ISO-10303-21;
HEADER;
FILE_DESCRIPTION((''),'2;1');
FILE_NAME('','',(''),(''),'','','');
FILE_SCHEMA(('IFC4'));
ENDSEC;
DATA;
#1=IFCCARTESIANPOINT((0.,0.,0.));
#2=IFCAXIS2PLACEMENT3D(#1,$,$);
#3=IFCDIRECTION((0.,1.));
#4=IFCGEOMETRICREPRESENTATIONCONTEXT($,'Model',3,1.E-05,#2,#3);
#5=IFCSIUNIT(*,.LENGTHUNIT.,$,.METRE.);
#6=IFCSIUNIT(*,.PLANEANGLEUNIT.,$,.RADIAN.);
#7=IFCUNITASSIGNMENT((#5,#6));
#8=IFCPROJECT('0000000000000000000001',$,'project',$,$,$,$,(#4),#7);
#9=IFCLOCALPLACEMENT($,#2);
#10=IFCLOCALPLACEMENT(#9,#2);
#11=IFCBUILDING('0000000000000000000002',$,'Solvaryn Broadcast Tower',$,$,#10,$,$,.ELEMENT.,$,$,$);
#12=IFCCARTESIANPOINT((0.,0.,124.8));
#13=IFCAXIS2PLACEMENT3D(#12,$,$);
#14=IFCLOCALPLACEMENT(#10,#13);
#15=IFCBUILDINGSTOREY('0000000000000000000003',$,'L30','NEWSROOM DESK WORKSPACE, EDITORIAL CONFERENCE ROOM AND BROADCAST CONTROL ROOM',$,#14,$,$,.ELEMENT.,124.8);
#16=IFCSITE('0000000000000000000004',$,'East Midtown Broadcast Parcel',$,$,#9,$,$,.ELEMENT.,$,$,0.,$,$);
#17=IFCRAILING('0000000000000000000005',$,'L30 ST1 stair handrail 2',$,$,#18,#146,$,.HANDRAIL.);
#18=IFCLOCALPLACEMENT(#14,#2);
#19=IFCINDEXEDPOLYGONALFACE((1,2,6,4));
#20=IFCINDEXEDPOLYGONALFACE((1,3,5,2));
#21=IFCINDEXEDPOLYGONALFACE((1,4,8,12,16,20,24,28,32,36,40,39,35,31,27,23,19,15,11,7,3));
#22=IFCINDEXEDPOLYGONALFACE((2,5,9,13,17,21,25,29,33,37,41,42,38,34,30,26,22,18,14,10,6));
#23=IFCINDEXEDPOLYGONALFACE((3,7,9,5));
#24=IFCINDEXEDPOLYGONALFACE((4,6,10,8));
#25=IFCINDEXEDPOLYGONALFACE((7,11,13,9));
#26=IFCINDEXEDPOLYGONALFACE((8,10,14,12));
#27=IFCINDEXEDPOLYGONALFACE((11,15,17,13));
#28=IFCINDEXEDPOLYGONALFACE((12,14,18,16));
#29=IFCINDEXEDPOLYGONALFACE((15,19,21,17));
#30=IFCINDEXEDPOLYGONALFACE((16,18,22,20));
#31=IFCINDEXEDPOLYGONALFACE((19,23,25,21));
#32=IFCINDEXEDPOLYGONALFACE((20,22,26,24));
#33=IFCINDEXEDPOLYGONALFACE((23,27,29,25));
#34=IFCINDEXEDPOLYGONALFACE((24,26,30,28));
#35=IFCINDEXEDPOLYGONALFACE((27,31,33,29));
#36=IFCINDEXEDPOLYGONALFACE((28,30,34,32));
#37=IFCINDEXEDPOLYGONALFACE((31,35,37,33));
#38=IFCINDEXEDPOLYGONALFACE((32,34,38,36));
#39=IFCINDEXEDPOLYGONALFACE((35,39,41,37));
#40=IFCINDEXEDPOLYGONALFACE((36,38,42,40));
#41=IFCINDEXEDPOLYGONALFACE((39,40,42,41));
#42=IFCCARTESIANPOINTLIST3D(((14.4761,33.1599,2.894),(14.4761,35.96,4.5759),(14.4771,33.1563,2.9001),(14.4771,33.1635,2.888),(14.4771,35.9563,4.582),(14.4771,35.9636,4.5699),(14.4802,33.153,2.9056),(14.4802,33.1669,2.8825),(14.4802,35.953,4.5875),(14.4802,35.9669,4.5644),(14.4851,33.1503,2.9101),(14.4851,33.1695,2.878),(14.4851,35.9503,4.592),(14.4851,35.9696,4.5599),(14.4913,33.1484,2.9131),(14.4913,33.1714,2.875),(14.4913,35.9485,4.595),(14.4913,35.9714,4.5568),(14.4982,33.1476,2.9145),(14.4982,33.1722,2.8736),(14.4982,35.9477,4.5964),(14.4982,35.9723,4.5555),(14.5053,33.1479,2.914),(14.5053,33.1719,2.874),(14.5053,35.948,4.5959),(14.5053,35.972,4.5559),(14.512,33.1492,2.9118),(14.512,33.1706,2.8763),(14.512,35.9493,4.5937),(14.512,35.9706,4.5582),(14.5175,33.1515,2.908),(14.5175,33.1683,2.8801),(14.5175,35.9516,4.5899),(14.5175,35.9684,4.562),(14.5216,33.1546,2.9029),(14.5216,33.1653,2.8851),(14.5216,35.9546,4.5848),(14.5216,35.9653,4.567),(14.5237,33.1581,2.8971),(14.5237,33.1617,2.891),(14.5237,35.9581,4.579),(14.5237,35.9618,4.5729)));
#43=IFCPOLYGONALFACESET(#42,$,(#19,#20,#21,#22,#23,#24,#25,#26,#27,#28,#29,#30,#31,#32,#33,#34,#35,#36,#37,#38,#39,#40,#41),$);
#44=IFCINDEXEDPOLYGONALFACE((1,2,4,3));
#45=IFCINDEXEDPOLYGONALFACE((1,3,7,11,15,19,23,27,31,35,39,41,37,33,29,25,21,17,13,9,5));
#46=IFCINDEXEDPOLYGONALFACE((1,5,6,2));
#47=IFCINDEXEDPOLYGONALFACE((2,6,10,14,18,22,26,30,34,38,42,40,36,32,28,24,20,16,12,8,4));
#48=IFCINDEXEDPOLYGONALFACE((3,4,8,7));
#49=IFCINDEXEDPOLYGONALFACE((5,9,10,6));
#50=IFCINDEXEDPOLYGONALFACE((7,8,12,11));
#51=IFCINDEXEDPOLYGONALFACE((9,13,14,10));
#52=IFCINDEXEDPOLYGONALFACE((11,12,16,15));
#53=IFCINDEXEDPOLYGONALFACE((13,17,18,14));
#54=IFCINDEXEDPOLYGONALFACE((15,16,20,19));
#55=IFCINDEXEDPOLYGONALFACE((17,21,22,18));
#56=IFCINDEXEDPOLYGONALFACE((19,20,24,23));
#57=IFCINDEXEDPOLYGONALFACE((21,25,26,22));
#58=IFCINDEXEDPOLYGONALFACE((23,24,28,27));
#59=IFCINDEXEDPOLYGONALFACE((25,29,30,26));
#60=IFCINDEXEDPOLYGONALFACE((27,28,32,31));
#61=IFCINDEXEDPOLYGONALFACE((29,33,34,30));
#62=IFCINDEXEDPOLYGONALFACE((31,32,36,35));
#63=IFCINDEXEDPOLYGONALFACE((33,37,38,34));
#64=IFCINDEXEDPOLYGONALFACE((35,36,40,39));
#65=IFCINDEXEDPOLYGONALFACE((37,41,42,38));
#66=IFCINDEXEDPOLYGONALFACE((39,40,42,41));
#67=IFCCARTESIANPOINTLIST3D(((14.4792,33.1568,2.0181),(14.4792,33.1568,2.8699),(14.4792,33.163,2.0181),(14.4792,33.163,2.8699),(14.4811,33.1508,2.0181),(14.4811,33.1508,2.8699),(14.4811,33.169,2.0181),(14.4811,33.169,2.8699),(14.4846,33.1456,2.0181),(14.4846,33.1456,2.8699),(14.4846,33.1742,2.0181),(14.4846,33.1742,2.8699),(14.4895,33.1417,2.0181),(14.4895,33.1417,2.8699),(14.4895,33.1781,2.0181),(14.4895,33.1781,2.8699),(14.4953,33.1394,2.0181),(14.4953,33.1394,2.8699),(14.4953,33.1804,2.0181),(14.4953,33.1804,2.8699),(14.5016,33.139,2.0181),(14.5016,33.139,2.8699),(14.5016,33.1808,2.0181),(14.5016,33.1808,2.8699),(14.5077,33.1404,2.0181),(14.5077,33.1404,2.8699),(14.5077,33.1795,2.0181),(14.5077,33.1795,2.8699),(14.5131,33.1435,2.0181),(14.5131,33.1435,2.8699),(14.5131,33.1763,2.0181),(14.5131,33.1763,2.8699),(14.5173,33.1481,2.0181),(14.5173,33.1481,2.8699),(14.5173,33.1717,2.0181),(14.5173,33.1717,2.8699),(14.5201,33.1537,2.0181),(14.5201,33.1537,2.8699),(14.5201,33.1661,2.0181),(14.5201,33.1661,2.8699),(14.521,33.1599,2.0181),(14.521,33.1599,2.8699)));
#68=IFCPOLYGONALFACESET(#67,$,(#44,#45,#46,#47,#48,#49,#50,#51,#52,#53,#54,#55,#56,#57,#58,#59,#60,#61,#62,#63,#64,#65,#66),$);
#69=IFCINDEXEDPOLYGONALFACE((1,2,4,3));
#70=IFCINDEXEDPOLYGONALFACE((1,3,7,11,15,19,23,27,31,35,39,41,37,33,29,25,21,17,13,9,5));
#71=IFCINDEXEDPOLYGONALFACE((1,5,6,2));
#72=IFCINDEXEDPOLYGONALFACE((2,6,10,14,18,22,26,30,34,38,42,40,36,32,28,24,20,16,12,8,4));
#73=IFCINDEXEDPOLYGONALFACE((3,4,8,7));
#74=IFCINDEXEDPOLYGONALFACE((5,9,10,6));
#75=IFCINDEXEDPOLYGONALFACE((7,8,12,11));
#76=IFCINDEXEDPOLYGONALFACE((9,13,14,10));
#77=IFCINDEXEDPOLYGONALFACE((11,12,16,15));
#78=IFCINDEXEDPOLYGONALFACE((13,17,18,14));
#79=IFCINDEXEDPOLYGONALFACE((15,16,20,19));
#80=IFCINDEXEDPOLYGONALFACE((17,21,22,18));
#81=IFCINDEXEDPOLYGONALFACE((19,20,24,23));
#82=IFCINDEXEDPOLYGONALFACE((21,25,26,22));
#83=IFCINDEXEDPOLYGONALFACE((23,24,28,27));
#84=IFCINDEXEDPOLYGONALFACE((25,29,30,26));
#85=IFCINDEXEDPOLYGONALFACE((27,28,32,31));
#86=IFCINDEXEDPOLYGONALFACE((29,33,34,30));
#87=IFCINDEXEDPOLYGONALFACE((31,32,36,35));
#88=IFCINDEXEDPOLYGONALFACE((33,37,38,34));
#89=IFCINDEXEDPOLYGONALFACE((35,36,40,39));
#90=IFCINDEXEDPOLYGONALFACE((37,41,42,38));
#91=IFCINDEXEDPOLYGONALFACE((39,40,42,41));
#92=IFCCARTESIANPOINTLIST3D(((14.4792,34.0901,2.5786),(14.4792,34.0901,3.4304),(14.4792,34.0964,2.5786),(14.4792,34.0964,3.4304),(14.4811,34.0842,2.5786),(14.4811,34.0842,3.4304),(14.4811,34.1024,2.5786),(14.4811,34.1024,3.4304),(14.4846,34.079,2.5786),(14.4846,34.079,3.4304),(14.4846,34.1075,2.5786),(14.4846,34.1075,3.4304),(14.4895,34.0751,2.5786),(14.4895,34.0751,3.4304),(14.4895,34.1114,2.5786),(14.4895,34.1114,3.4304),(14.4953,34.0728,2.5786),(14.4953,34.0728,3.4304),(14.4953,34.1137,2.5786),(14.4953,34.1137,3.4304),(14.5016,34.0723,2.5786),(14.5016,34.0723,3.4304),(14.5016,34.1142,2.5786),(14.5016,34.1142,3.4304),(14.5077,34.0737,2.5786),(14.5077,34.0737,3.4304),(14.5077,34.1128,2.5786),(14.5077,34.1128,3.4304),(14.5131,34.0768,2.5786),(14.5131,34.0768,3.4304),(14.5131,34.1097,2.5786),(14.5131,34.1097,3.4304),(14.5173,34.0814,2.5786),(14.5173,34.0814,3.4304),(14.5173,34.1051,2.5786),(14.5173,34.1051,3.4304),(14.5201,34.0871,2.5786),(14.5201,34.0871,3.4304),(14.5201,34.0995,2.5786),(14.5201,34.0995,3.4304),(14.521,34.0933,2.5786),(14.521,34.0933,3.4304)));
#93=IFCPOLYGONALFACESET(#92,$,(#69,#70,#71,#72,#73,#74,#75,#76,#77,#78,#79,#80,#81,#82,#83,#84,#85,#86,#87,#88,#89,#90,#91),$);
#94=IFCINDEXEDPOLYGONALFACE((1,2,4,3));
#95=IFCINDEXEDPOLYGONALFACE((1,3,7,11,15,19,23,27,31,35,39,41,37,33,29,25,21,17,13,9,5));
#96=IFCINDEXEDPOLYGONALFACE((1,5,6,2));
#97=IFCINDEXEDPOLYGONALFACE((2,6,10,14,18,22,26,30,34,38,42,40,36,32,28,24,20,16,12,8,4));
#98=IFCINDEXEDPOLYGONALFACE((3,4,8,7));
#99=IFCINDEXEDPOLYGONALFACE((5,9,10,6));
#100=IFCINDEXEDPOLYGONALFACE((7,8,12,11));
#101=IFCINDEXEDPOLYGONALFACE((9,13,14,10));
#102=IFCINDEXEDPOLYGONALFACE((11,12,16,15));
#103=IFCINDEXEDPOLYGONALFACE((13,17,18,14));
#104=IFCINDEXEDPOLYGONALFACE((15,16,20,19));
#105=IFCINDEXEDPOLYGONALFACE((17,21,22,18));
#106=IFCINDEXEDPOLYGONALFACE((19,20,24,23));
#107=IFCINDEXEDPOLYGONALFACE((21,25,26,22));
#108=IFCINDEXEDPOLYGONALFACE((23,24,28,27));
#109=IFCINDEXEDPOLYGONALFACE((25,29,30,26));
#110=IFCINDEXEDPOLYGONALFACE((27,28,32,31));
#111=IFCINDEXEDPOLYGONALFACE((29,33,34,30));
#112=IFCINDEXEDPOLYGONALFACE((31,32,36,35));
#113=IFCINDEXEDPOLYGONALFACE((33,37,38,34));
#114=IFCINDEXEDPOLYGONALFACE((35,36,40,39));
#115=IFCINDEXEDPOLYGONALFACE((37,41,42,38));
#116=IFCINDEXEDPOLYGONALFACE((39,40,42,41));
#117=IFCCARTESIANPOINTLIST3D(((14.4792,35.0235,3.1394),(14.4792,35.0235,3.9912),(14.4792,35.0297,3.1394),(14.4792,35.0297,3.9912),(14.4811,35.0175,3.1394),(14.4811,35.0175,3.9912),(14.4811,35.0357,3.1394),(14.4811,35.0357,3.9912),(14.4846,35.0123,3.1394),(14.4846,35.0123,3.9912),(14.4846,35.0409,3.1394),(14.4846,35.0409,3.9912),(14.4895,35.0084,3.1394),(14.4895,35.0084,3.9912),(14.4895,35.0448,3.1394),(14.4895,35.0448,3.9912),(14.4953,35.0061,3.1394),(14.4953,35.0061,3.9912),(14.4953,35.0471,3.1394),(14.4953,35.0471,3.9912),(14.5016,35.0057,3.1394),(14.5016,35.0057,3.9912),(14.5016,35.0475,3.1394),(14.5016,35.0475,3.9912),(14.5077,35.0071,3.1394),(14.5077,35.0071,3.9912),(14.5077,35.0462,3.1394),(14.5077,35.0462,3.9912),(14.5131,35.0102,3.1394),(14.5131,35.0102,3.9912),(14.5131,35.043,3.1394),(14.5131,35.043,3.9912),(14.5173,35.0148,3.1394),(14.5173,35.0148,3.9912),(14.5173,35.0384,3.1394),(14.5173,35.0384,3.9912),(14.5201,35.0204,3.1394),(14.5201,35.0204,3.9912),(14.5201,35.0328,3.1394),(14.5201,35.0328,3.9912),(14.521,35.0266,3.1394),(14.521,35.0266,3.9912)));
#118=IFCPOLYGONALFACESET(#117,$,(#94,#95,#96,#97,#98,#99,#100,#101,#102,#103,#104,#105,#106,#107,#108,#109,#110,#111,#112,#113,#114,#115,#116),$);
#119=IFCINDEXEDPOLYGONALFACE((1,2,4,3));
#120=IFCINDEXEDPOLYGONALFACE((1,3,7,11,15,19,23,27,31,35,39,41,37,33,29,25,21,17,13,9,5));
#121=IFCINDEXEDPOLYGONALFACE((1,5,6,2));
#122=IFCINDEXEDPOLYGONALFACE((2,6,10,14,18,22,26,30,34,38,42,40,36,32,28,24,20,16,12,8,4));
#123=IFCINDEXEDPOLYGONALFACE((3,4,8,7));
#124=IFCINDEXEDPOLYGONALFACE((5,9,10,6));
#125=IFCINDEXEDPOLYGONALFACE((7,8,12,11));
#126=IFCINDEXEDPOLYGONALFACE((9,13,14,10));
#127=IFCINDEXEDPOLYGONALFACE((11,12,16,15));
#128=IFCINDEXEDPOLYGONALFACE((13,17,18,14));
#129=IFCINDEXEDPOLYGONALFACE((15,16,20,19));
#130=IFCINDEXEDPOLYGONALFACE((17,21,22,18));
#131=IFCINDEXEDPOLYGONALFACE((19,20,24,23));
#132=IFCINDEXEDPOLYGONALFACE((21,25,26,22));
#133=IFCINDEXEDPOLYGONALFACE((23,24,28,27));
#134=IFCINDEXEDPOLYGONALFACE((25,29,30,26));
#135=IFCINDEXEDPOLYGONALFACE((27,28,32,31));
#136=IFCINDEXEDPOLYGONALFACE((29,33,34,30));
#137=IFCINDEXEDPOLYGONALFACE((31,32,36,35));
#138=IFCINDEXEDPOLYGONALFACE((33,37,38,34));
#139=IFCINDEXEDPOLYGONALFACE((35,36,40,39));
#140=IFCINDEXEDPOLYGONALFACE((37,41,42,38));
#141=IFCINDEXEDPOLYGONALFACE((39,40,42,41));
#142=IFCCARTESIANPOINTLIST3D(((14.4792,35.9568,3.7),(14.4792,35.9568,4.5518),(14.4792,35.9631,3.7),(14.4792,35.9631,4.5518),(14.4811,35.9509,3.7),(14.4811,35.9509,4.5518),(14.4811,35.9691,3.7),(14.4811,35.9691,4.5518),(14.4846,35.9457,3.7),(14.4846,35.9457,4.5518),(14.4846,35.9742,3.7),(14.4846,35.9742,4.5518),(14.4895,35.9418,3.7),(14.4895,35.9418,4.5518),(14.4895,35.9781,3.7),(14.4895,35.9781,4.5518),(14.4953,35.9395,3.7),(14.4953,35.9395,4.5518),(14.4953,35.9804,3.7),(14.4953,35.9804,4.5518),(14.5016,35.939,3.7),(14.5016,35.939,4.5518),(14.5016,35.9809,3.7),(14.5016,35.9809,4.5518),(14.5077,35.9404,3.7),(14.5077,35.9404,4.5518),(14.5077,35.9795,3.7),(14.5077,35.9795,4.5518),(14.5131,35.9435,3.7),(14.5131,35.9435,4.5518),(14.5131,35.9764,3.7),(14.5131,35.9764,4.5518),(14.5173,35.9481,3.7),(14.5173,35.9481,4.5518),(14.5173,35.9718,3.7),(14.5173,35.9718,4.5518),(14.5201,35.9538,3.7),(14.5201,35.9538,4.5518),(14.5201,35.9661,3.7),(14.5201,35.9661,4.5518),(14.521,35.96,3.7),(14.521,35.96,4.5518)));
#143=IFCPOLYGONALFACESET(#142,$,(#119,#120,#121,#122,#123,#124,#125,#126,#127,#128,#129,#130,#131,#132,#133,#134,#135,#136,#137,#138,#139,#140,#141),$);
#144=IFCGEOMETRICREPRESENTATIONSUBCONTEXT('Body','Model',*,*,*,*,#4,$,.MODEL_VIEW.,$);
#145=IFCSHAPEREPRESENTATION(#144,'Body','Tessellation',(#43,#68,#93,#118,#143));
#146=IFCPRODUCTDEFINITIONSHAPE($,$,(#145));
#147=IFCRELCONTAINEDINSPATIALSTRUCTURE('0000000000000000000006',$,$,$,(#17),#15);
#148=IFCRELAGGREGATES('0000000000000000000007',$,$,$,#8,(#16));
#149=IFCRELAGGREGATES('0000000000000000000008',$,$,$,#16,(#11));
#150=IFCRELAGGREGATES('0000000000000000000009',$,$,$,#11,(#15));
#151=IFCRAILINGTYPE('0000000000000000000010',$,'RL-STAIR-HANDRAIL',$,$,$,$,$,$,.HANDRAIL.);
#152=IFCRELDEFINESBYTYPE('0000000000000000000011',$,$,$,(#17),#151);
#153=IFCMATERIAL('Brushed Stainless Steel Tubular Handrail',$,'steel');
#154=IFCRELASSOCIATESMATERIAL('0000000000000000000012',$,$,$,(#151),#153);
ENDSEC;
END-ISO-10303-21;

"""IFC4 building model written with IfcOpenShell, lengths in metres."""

from ifc_helpers import new_model, si_unit, direction, frame, origin, origin_2d, place, context, subcontext, project, spatial, circle, extrude, material, type_object, element, save


model = new_model("IFC4")

# Units and contexts
model_context = context("Model", 3, precision=1e-05, world=origin(), true_north=direction((0.0, 1.0)))
body_context = subcontext(model_context, "Body", "Model", "MODEL_VIEW")
ifc_project = project(units=[si_unit("LENGTHUNIT", "METRE"), si_unit("PLANEANGLEUNIT", "RADIAN")], contexts=[model_context])

# Site, building, storey
site_placement = place(None, origin())
site = spatial("IfcSite", under=ifc_project, at=site_placement, Name="East Midtown Broadcast Parcel", CompositionType="ELEMENT", RefElevation=0.0)
building_placement = place(site_placement, origin())
building = spatial("IfcBuilding", under=site, at=building_placement, Name="Solvaryn Broadcast Tower", CompositionType="ELEMENT")
storey_placement = place(building_placement, frame((0.0, 0.0, 124.8)))
storey = spatial("IfcBuildingStorey", under=building, at=storey_placement, Name="L30", Description="NEWSROOM DESK WORKSPACE, EDITORIAL CONFERENCE ROOM AND BROADCAST CONTROL ROOM", CompositionType="ELEMENT", Elevation=124.8)

# Railing
ifc_material_1 = material(Name="Brushed Stainless Steel Tubular Handrail", Category="steel")
railing_type_1 = type_object("IfcRailingType", Name="RL-STAIR-HANDRAIL", PredefinedType="HANDRAIL", material=ifc_material_1)
railing_1_placement = place(storey_placement, frame((14.5, 33.1599, 2.0181)))
element("IfcRailing", 1, at=railing_1_placement, inside=storey, type_object=railing_type_1, Name="L30 ST1 stair handrail 2", PredefinedType="HANDRAIL", context=body_context, shape_type="SweptSolid", body=[
    extrude(circle(Radius=0.0239, at=origin_2d()), frame((0.0, 0.0, 0.876), z_axis=(0.0, 0.857242, 0.514913), x_axis=(-1.0, 0.0, 0.0)), (0.0, 0.0, 1.0), 3.2664),
    extrude(circle(Radius=0.021, at=origin_2d()), origin(), (0.0, 0.0, 1.0), 0.8518),
    extrude(circle(Radius=0.021, at=origin_2d()), frame((0.0, 0.9333, 0.5605)), (0.0, 0.0, 1.0), 0.8518),
    extrude(circle(Radius=0.021, at=origin_2d()), frame((0.0, 1.8667, 1.1213)), (0.0, 0.0, 1.0), 0.8518),
    extrude(circle(Radius=0.021, at=origin_2d()), frame((0.0, 2.8, 1.6819)), (0.0, 0.0, 1.0), 0.8518),
])

save(model, "model.ifc")
